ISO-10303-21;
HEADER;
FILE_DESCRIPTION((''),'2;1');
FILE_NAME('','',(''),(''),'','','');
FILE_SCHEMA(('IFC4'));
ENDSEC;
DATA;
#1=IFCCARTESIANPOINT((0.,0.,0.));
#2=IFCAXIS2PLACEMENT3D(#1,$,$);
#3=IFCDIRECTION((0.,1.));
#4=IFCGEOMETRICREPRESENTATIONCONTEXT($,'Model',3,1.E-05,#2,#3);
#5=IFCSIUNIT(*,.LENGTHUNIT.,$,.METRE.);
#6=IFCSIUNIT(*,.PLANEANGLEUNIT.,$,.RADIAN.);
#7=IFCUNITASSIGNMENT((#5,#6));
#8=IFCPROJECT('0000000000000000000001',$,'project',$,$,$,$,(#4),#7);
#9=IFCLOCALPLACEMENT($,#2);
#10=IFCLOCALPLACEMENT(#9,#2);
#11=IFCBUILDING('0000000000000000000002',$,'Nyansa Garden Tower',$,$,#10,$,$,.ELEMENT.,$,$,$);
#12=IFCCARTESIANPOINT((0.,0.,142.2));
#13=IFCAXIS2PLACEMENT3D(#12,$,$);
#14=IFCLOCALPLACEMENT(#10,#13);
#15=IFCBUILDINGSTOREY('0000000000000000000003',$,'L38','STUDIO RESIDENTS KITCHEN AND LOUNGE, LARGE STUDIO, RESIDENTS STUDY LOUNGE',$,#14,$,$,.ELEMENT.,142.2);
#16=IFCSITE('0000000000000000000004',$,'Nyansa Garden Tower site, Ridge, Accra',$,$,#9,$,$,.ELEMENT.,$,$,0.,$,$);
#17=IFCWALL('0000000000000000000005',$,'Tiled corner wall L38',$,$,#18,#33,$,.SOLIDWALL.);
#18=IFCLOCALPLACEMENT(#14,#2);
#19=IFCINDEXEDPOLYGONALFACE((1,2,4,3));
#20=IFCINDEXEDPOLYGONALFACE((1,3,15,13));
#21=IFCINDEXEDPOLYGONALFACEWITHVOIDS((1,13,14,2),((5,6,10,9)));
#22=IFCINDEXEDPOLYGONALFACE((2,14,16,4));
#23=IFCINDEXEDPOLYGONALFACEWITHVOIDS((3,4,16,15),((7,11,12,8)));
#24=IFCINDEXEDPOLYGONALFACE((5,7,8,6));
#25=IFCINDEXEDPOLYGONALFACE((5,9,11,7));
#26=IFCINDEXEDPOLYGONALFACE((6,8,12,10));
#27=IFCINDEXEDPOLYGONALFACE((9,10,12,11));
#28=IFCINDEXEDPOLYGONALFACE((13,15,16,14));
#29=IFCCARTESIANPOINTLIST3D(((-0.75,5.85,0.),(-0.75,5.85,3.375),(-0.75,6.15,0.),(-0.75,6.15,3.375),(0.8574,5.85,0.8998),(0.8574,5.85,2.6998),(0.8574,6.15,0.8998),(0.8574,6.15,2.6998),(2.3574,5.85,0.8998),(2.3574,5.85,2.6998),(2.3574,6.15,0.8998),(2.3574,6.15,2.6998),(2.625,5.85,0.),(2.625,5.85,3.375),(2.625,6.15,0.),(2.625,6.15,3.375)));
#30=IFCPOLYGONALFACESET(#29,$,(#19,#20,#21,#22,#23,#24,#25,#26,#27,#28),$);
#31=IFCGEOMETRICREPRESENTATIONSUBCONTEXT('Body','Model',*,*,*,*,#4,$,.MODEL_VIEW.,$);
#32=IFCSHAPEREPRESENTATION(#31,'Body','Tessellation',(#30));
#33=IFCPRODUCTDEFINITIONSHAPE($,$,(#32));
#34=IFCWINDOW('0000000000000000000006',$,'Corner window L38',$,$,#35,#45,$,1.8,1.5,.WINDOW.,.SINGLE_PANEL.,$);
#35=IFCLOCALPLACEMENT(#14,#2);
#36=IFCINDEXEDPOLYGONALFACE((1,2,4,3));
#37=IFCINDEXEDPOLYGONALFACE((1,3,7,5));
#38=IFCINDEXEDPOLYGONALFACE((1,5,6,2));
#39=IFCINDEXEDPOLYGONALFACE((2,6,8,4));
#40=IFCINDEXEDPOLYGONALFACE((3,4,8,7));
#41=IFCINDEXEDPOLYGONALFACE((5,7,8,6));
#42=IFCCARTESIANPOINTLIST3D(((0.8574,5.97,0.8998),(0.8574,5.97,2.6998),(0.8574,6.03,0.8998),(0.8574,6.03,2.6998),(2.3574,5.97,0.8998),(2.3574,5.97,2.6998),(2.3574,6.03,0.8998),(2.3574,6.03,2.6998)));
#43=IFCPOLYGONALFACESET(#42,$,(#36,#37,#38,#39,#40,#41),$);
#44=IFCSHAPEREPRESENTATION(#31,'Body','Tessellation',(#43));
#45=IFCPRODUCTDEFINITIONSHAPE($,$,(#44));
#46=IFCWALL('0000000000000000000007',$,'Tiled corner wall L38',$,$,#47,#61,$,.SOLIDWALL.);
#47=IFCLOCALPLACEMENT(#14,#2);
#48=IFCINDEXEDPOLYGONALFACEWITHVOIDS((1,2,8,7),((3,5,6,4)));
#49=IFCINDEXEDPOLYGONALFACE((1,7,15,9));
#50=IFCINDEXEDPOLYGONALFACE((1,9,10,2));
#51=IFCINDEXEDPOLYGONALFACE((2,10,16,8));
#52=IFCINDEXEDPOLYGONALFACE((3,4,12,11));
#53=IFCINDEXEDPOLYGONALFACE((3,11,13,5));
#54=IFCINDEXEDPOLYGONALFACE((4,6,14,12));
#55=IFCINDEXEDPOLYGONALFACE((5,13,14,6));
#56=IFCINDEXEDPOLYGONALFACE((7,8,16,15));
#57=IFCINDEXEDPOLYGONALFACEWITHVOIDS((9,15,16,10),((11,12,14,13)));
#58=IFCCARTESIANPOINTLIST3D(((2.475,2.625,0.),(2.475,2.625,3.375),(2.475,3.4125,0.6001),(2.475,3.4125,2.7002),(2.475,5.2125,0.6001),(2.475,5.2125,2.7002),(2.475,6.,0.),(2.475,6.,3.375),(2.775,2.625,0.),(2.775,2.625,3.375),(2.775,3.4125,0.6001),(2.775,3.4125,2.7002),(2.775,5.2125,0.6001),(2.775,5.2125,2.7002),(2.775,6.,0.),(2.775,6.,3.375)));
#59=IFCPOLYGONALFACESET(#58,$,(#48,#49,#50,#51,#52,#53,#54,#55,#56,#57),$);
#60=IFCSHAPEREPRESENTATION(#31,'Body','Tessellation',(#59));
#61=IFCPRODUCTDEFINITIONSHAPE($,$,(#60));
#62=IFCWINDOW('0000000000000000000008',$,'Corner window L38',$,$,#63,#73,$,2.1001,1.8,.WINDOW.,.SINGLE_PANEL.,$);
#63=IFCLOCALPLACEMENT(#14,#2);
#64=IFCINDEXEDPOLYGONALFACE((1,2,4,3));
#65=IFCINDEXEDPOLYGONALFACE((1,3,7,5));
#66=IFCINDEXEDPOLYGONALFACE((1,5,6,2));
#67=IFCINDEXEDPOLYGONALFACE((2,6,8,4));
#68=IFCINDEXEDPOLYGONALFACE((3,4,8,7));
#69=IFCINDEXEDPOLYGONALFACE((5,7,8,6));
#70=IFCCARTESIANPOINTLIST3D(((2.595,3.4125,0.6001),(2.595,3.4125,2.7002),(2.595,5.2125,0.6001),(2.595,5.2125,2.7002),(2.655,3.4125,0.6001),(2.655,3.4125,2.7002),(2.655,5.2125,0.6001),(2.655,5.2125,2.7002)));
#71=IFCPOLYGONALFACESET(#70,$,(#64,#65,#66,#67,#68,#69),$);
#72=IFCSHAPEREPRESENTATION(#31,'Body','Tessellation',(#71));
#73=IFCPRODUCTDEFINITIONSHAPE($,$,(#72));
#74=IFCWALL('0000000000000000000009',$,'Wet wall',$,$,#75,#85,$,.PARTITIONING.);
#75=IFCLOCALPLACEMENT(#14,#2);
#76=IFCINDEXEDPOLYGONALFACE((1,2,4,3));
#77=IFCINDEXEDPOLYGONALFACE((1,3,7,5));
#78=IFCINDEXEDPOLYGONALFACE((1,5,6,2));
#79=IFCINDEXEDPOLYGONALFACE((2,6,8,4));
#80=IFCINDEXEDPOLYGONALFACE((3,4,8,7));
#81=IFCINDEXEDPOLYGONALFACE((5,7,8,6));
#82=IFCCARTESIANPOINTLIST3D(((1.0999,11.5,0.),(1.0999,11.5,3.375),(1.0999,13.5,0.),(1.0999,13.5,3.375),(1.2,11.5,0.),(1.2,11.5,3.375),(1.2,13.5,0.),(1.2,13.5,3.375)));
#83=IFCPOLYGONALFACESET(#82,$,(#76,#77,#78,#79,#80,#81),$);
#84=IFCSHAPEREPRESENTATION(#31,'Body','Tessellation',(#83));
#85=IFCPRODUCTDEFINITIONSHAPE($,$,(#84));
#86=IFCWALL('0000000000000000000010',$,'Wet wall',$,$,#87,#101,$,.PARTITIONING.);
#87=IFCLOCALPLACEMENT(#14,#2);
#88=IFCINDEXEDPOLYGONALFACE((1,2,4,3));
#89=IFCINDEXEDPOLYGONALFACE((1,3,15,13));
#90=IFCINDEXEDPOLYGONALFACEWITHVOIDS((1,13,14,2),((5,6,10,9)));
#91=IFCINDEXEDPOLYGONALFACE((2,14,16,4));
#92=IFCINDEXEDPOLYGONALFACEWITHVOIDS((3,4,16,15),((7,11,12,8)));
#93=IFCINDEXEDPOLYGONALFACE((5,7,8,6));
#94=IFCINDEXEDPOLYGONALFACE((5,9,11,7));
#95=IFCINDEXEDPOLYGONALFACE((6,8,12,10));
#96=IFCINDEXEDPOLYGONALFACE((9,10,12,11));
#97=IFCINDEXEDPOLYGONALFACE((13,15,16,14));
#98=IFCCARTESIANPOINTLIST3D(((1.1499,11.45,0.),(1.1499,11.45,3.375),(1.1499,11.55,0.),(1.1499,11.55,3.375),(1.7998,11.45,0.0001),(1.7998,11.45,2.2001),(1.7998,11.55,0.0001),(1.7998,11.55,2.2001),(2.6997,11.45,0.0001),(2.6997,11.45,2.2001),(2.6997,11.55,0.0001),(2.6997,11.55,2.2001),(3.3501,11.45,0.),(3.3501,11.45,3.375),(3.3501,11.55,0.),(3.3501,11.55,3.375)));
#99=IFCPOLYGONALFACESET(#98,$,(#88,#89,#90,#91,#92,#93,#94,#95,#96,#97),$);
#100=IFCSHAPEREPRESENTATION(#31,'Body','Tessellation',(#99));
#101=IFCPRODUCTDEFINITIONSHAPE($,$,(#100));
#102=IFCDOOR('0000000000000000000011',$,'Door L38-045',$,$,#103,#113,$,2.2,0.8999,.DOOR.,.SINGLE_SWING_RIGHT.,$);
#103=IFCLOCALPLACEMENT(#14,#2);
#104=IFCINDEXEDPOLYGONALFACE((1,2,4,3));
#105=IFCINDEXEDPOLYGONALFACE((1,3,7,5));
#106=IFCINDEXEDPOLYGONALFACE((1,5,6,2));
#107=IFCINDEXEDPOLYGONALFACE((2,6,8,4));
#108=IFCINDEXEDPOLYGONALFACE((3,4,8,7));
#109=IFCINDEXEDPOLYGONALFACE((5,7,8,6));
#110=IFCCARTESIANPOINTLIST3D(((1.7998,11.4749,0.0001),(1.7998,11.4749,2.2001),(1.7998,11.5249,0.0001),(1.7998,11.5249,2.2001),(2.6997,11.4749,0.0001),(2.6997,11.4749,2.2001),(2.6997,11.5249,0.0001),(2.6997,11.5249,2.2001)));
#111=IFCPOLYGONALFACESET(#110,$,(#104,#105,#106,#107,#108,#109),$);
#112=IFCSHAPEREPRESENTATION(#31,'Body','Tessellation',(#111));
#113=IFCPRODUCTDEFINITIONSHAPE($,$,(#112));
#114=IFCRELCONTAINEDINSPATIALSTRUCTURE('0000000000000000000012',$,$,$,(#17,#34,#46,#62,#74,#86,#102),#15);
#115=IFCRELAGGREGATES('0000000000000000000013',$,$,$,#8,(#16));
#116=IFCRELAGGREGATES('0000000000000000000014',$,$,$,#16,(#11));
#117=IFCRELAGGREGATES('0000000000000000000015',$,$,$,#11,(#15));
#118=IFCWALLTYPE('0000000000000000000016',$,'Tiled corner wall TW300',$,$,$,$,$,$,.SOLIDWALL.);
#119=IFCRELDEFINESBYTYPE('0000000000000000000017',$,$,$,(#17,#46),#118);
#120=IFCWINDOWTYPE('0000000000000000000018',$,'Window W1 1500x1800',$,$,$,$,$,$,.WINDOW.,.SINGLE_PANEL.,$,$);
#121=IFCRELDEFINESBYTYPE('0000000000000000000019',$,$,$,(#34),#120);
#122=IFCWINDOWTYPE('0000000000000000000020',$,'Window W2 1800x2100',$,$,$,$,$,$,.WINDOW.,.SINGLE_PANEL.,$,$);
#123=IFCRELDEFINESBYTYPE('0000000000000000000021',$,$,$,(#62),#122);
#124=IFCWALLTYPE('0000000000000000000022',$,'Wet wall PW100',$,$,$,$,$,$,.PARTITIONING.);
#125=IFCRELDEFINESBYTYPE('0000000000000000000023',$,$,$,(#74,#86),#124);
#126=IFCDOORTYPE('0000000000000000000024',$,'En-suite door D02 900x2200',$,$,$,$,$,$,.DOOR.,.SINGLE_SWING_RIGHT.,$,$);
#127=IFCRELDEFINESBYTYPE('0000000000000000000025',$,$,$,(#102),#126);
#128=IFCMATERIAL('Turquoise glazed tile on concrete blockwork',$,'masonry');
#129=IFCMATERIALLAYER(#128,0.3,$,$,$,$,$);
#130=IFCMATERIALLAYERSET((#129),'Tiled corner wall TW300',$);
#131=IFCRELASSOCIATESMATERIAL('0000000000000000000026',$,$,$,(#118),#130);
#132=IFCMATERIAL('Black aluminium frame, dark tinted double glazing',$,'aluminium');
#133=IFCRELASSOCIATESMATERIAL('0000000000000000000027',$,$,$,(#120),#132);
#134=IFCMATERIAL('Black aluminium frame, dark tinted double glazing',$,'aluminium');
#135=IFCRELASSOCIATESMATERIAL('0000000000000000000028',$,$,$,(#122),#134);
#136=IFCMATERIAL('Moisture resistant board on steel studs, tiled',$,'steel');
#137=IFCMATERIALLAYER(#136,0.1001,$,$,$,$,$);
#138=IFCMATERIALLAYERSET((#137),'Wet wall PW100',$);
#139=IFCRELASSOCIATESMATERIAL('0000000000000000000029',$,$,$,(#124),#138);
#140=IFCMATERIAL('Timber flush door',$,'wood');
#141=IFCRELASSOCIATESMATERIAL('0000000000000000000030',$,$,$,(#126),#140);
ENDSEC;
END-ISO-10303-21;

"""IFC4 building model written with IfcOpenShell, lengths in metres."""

from ifc_helpers import new_model, si_unit, direction, frame, frame_2d, origin, place, context, subcontext, project, spatial, rectangle, extrude, material, layer, layer_set, type_object, element, fill, save


model = new_model("IFC4")

# Units and contexts
model_context = context("Model", 3, precision=1e-05, world=origin(), true_north=direction((0.0, 1.0)))
body_context = subcontext(model_context, "Body", "Model", "MODEL_VIEW")
ifc_project = project(units=[si_unit("LENGTHUNIT", "METRE"), si_unit("PLANEANGLEUNIT", "RADIAN")], contexts=[model_context])

# Site, building, storey
site_placement = place(None, origin())
site = spatial("IfcSite", under=ifc_project, at=site_placement, Name="Nyansa Garden Tower site, Ridge, Accra", CompositionType="ELEMENT", RefElevation=0.0)
building_placement = place(site_placement, origin())
building = spatial("IfcBuilding", under=site, at=building_placement, Name="Nyansa Garden Tower", CompositionType="ELEMENT")
storey_placement = place(building_placement, frame((0.0, 0.0, 142.2)))
storey = spatial("IfcBuildingStorey", under=building, at=storey_placement, Name="L38", Description="STUDIO RESIDENTS KITCHEN AND LOUNGE, LARGE STUDIO, RESIDENTS STUDY LOUNGE", CompositionType="ELEMENT", Elevation=142.2)

# Walls, openings, windows
ifc_material_1 = material(Name="Turquoise glazed tile on concrete blockwork", Category="masonry")
ifc_layer_1 = layer(ifc_material_1, 0.3)
ifc_layer_set_1 = layer_set([ifc_layer_1], Name="Tiled corner wall TW300")
wall_type_1 = type_object("IfcWallType", Name="Tiled corner wall TW300", PredefinedType="SOLIDWALL", material=ifc_layer_set_1)
wall_1_placement = place(storey_placement, frame((-0.75, 6.0, 0.0), z_axis=(0.0, 0.0, 1.0), x_axis=(1.0, 0.0, 0.0)))
wall_1 = element("IfcWall", 1, at=wall_1_placement, inside=storey, type_object=wall_type_1, Name="Tiled corner wall L38", PredefinedType="SOLIDWALL", context=body_context, shape_type="SweptSolid", body=[
    extrude(rectangle(XDim=3.375, YDim=0.3, at=frame_2d((1.6875, 0.0))), origin(), (0.0, 0.0, 1.0), 3.375),
])
opening_1_placement = place(wall_1_placement, frame((1.6074, 0.0, 0.8999)))
opening_1 = element("IfcOpeningElement", 2, at=opening_1_placement, cuts=wall_1, PredefinedType="OPENING", context=body_context, shape_type="SweptSolid", body=[
    extrude(rectangle(XDim=1.5, YDim=1.8, at=frame_2d((0.75, 0.8999))), frame((0.0, 0.1599, 0.0), z_axis=(0.0, -1.0, 0.0), x_axis=(1.0, 0.0, 0.0)), (0.0, 0.0, 1.0), 0.3201),
])
ifc_material_2 = material(Name="Black aluminium frame, dark tinted double glazing", Category="aluminium")
window_type_1 = type_object("IfcWindowType", Name="Window W1 1500x1800", PartitioningType="SINGLE_PANEL", PredefinedType="WINDOW", material=ifc_material_2)
window_1_placement = place(opening_1_placement, origin())
window_1 = element("IfcWindow", 3, at=window_1_placement, inside=storey, type_object=window_type_1, Name="Corner window L38", OverallHeight=1.8, OverallWidth=1.5, PartitioningType="SINGLE_PANEL", PredefinedType="WINDOW", context=body_context, shape_type="SweptSolid", body=[
    extrude(rectangle(XDim=1.5, YDim=1.8, at=frame_2d((0.75, 0.8999))), frame((0.0, 0.03, 0.0), z_axis=(0.0, -1.0, 0.0), x_axis=(1.0, 0.0, 0.0)), (0.0, 0.0, 1.0), 0.0601),
])
fill(opening_1, window_1)
wall_2_placement = place(storey_placement, frame((2.625, 6.0, 0.0), z_axis=(0.0, 0.0, 1.0), x_axis=(0.0, -1.0, 0.0)))
wall_2 = element("IfcWall", 4, at=wall_2_placement, inside=storey, type_object=wall_type_1, Name="Tiled corner wall L38", PredefinedType="SOLIDWALL", context=body_context, shape_type="SweptSolid", body=[
    extrude(rectangle(XDim=3.375, YDim=0.3, at=frame_2d((1.6875, 0.0))), origin(), (0.0, 0.0, 1.0), 3.375),
])
opening_2_placement = place(wall_2_placement, frame((0.7876, 0.0, 0.6001)))
opening_2 = element("IfcOpeningElement", 5, at=opening_2_placement, cuts=wall_2, PredefinedType="OPENING", context=body_context, shape_type="SweptSolid", body=[
    extrude(rectangle(XDim=1.8, YDim=2.1001, at=frame_2d((0.8999, 1.05))), frame((0.0, 0.1599, 0.0), z_axis=(0.0, -1.0, 0.0), x_axis=(1.0, 0.0, 0.0)), (0.0, 0.0, 1.0), 0.3201),
])
ifc_material_3 = material(Name="Black aluminium frame, dark tinted double glazing", Category="aluminium")
window_type_2 = type_object("IfcWindowType", Name="Window W2 1800x2100", PartitioningType="SINGLE_PANEL", PredefinedType="WINDOW", material=ifc_material_3)
window_2_placement = place(opening_2_placement, origin())
window_2 = element("IfcWindow", 6, at=window_2_placement, inside=storey, type_object=window_type_2, Name="Corner window L38", OverallHeight=2.1001, OverallWidth=1.8, PartitioningType="SINGLE_PANEL", PredefinedType="WINDOW", context=body_context, shape_type="SweptSolid", body=[
    extrude(rectangle(XDim=1.8, YDim=2.1001, at=frame_2d((0.8999, 1.05))), frame((0.0, 0.03, 0.0), z_axis=(0.0, -1.0, 0.0), x_axis=(1.0, 0.0, 0.0)), (0.0, 0.0, 1.0), 0.0601),
])
fill(opening_2, window_2)

# Wall
ifc_material_4 = material(Name="Moisture resistant board on steel studs, tiled", Category="steel")
ifc_layer_2 = layer(ifc_material_4, 0.1001)
ifc_layer_set_2 = layer_set([ifc_layer_2], Name="Wet wall PW100")
wall_type_2 = type_object("IfcWallType", Name="Wet wall PW100", PredefinedType="PARTITIONING", material=ifc_layer_set_2)
wall_3_placement = place(storey_placement, frame((1.1499, 11.5, 0.0), z_axis=(0.0, 0.0, 1.0), x_axis=(0.0, 1.0, 0.0)))
element("IfcWall", 7, at=wall_3_placement, inside=storey, type_object=wall_type_2, Name="Wet wall", PredefinedType="PARTITIONING", context=body_context, shape_type="SweptSolid", body=[
    extrude(rectangle(XDim=2.0, YDim=0.1001, at=frame_2d((1.0, 0.0))), origin(), (0.0, 0.0, 1.0), 3.375),
])

# Wall, opening, door
wall_4_placement = place(storey_placement, frame((1.1499, 11.5, 0.0), z_axis=(0.0, 0.0, 1.0), x_axis=(1.0, 0.0, 0.0)))
wall_4 = element("IfcWall", 8, at=wall_4_placement, inside=storey, type_object=wall_type_2, Name="Wet wall", PredefinedType="PARTITIONING", context=body_context, shape_type="SweptSolid", body=[
    extrude(rectangle(XDim=2.2002, YDim=0.1001, at=frame_2d((1.1001, 0.0))), origin(), (0.0, 0.0, 1.0), 3.375),
])
opening_3_placement = place(wall_4_placement, frame((0.6499, 0.0, 0.0)))
opening_3 = element("IfcOpeningElement", 9, at=opening_3_placement, cuts=wall_4, PredefinedType="OPENING", context=body_context, shape_type="SweptSolid", body=[
    extrude(rectangle(XDim=0.8999, YDim=2.2, at=frame_2d((0.45, 1.1001))), frame((0.0, 0.0601, 0.0), z_axis=(0.0, -1.0, 0.0), x_axis=(1.0, 0.0, 0.0)), (0.0, 0.0, 1.0), 0.1201),
])
ifc_material_5 = material(Name="Timber flush door", Category="wood")
door_type_1 = type_object("IfcDoorType", Name="En-suite door D02 900x2200", OperationType="SINGLE_SWING_RIGHT", PredefinedType="DOOR", material=ifc_material_5)
door_1_placement = place(opening_3_placement, origin())
door_1 = element("IfcDoor", 10, at=door_1_placement, inside=storey, type_object=door_type_1, Name="Door L38-045", OperationType="SINGLE_SWING_RIGHT", OverallHeight=2.2, OverallWidth=0.8999, PredefinedType="DOOR", context=body_context, shape_type="SweptSolid", body=[
    extrude(rectangle(XDim=0.8999, YDim=2.2, at=frame_2d((0.45, 1.1001))), frame((0.0, 0.0249, 0.0), z_axis=(0.0, -1.0, 0.0), x_axis=(1.0, 0.0, 0.0)), (0.0, 0.0, 1.0), 0.05),
])
fill(opening_3, door_1)

save(model, "model.ifc")
